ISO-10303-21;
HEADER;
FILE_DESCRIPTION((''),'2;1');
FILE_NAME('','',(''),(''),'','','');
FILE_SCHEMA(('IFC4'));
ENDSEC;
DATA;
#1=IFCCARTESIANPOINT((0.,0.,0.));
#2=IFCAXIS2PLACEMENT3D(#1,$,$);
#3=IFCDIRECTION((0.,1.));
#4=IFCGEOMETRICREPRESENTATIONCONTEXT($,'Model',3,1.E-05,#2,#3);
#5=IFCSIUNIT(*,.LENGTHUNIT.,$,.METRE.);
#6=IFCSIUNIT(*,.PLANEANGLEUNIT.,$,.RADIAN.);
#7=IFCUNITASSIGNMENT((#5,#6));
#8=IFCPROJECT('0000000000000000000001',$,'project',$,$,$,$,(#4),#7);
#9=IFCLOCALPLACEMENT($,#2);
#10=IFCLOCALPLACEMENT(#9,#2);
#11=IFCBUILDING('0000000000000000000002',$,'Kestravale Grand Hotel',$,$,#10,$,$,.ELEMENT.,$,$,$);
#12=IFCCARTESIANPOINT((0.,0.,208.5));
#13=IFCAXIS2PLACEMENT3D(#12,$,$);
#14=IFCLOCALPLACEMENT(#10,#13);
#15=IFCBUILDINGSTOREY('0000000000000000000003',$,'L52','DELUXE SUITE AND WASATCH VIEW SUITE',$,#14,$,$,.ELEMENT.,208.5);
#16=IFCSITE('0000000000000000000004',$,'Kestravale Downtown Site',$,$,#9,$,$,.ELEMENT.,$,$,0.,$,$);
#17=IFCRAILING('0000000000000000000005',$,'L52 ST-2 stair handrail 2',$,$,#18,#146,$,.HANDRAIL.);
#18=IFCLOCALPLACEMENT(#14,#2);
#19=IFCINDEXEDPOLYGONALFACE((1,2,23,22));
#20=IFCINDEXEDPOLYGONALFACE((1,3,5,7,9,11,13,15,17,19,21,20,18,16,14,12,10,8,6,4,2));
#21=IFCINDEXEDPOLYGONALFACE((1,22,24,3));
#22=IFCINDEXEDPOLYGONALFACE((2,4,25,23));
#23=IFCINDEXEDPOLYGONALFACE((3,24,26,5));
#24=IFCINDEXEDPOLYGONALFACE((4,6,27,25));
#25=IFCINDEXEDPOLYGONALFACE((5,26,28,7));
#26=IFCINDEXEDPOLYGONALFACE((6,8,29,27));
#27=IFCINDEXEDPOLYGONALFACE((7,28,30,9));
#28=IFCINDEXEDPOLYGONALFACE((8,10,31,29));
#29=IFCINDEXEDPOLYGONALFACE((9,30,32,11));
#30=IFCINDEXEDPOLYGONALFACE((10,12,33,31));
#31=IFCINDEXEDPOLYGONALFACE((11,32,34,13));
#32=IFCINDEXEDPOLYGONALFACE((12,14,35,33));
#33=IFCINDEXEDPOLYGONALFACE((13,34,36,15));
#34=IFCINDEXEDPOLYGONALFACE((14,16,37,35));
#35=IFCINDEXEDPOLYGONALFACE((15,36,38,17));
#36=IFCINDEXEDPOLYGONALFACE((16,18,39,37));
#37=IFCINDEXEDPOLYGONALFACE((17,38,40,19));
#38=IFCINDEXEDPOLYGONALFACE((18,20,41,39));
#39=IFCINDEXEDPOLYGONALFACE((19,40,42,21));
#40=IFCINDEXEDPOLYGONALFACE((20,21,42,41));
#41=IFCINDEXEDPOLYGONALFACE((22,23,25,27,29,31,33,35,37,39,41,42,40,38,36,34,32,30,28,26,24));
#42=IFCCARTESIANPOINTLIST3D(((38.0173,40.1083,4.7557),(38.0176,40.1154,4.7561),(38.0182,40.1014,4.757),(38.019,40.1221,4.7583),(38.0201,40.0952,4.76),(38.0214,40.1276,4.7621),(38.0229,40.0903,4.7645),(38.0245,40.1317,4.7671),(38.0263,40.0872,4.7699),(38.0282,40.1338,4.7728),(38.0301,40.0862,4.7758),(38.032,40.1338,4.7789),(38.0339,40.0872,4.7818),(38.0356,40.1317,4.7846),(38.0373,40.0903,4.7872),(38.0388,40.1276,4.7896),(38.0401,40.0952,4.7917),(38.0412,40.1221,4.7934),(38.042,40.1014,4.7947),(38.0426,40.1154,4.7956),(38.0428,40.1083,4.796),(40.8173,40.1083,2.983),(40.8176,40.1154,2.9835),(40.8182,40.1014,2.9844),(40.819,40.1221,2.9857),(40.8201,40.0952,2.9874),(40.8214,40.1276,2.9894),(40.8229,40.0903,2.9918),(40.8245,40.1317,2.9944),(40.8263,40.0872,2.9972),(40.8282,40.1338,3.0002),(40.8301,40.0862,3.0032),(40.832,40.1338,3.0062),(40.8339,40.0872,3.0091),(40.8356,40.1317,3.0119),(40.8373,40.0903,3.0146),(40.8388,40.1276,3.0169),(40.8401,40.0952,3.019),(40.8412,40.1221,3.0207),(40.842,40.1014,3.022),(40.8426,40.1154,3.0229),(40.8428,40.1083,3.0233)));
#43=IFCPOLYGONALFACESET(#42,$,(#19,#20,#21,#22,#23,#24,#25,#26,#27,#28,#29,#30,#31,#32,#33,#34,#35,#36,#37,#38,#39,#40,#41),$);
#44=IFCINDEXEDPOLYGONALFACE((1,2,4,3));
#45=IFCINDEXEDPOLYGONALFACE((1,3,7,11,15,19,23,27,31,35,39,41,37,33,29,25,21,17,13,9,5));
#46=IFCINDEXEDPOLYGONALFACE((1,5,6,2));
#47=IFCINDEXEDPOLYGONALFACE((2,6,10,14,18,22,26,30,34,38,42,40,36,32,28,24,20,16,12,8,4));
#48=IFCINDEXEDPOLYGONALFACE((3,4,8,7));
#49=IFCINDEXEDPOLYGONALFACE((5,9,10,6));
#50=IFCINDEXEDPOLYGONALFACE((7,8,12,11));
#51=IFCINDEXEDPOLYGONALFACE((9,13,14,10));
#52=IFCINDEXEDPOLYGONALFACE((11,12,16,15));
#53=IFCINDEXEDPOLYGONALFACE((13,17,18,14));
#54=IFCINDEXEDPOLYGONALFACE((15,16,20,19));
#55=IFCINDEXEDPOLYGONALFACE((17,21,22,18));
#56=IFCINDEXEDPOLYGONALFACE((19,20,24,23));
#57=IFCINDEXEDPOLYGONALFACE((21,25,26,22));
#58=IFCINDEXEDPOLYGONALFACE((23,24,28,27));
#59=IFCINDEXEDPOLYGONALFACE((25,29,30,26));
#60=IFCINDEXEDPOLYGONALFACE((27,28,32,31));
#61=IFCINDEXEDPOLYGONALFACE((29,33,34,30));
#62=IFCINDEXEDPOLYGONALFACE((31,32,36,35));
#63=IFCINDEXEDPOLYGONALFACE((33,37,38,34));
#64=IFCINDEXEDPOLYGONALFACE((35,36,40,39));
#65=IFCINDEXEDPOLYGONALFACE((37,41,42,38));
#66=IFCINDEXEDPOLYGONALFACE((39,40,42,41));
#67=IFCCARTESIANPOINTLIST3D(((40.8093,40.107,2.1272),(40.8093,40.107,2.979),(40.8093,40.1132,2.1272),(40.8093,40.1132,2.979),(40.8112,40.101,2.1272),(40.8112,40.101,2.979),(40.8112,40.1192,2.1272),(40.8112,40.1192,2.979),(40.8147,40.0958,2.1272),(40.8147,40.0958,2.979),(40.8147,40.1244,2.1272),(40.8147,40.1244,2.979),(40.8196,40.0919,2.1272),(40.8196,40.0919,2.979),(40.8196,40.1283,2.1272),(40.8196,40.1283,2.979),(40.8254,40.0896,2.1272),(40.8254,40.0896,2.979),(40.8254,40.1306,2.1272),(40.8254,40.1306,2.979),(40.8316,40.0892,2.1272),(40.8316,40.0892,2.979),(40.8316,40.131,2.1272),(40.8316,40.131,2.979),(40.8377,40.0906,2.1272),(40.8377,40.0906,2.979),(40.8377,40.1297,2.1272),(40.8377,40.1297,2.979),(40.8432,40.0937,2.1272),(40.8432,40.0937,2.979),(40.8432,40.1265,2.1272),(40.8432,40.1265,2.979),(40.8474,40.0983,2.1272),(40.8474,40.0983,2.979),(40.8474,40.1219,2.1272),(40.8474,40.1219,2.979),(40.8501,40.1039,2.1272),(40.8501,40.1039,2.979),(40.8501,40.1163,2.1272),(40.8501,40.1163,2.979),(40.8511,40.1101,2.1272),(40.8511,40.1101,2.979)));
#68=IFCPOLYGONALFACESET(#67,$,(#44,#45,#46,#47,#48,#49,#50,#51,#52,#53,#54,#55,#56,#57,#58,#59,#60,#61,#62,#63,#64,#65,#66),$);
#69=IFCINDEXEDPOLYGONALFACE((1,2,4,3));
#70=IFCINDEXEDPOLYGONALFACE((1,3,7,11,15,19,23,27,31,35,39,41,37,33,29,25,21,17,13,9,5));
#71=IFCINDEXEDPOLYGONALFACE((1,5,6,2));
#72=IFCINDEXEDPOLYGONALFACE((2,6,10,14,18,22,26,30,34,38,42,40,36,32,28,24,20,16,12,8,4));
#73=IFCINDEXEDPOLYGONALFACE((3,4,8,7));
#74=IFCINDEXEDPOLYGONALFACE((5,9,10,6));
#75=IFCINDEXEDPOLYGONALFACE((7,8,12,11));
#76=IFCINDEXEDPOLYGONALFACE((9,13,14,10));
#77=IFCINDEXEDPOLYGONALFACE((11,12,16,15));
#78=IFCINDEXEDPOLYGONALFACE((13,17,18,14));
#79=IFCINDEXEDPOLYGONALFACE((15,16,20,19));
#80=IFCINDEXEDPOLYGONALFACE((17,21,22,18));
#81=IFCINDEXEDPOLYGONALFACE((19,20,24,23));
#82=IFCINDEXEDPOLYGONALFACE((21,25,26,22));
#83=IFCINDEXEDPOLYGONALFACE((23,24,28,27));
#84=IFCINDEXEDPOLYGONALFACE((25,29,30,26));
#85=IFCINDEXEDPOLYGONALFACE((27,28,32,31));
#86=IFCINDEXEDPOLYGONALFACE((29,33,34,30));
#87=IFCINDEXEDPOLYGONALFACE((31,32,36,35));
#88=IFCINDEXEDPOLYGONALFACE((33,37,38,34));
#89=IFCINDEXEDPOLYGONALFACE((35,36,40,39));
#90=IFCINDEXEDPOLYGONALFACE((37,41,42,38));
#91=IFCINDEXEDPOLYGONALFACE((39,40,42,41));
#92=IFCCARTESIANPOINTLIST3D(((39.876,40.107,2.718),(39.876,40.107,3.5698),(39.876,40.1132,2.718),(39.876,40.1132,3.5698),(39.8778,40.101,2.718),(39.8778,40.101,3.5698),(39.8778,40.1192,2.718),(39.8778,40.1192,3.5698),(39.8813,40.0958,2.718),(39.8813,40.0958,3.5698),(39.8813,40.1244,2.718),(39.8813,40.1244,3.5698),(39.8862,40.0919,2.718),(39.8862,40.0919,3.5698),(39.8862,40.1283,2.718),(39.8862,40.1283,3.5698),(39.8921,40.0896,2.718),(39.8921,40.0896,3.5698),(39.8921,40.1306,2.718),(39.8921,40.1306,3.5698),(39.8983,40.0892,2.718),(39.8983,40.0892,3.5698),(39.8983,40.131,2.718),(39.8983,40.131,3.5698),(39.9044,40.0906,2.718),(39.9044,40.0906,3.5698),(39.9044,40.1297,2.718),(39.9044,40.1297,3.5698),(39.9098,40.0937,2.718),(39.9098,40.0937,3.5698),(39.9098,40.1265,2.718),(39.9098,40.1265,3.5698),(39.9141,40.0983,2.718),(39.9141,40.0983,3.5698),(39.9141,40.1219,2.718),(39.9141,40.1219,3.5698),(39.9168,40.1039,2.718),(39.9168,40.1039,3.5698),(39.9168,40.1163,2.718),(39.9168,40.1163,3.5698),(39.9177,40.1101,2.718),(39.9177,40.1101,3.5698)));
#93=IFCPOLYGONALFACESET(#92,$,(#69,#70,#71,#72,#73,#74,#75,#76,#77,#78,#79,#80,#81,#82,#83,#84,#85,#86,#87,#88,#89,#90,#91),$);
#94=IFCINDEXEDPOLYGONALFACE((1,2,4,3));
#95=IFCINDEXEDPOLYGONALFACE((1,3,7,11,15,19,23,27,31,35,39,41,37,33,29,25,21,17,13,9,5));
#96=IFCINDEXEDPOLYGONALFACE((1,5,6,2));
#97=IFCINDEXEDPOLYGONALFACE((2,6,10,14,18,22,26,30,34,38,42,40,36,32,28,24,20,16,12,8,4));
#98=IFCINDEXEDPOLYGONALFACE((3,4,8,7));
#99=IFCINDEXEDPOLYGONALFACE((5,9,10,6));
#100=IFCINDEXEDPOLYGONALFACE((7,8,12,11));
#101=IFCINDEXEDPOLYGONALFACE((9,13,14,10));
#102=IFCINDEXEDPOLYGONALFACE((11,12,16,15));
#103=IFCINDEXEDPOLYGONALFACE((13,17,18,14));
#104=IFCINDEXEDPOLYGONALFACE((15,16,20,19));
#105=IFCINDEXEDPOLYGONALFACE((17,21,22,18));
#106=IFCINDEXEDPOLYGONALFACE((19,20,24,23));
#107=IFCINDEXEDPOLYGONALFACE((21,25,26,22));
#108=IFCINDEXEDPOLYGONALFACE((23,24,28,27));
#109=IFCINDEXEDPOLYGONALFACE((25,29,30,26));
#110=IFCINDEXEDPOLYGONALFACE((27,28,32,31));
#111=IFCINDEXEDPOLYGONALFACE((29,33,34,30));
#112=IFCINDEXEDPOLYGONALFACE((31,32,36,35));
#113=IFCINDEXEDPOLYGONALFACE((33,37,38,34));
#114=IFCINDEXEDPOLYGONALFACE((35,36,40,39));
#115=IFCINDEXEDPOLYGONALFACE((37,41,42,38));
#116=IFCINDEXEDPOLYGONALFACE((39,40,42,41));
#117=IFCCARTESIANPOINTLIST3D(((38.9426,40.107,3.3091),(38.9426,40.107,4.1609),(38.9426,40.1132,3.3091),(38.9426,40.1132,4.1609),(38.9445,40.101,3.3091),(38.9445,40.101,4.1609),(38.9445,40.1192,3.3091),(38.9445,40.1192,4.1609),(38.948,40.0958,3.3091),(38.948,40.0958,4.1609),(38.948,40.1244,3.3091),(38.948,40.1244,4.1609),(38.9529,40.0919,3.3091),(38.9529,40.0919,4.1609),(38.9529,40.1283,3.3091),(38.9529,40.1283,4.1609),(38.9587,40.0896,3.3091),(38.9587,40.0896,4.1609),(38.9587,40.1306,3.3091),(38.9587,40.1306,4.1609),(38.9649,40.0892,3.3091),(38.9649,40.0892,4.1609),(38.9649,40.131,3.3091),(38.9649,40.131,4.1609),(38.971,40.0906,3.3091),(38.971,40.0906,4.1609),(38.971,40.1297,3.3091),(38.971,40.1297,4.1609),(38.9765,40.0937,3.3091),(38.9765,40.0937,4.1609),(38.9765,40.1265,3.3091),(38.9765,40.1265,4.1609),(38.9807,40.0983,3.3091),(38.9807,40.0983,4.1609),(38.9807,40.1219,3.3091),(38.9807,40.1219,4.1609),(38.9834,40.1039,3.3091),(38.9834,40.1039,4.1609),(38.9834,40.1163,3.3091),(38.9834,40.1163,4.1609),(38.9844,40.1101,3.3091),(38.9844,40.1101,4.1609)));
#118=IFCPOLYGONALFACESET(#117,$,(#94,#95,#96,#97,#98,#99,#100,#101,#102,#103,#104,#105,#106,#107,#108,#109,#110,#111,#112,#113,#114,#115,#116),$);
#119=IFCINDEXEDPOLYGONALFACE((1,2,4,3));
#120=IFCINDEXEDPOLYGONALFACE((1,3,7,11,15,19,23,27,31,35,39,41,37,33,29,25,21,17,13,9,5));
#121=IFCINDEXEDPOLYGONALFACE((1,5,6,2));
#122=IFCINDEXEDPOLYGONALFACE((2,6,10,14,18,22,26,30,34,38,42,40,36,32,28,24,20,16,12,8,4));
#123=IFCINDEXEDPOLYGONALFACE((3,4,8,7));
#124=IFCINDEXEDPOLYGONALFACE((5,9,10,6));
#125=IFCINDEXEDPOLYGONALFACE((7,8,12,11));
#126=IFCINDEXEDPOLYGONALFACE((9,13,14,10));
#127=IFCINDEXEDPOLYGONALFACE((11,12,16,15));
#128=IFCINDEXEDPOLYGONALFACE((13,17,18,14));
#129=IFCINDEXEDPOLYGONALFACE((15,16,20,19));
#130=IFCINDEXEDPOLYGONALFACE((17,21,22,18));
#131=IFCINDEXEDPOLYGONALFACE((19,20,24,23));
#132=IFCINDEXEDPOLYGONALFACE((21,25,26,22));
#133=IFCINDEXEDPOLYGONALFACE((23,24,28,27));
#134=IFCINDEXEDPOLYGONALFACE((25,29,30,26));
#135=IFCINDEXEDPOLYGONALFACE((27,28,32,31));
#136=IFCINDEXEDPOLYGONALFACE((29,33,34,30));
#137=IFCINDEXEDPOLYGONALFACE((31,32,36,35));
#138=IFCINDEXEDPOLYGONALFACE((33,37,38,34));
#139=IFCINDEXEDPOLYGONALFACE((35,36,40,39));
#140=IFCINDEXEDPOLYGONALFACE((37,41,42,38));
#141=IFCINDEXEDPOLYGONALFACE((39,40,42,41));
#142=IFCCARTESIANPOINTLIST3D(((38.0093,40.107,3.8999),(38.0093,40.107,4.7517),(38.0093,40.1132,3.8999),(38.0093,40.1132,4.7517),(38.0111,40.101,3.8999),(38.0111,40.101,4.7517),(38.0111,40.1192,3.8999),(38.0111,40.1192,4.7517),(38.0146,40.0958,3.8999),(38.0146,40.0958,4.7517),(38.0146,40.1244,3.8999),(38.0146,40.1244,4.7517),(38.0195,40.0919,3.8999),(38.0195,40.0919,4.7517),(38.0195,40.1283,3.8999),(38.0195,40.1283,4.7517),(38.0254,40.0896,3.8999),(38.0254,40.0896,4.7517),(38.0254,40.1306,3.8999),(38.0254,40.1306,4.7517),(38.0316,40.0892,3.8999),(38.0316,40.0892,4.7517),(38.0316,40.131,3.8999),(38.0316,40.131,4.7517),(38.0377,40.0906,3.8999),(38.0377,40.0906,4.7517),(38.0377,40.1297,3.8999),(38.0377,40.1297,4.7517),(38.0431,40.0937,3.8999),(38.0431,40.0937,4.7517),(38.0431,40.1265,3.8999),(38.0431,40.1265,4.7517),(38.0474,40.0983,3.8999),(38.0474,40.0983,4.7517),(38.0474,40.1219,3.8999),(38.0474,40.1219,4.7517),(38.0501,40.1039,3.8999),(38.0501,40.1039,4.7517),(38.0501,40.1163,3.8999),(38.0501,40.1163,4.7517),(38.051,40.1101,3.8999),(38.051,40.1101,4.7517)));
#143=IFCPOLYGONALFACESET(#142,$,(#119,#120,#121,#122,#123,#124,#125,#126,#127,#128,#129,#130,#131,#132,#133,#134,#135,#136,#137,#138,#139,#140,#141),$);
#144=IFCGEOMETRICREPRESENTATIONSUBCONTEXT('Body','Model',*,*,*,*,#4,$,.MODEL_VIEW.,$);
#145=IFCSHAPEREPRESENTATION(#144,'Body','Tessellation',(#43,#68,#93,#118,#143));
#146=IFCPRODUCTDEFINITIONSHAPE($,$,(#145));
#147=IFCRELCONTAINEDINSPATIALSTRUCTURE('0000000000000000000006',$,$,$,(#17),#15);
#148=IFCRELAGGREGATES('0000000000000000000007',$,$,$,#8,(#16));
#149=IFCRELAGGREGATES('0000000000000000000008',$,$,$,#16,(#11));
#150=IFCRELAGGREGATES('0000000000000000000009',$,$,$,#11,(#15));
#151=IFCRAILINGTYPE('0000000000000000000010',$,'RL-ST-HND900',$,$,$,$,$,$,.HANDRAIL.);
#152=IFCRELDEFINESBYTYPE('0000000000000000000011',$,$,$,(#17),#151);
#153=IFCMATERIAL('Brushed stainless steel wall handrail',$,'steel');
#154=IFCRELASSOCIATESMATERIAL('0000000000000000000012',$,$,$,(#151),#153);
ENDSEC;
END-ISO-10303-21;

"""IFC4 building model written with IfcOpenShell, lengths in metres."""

from ifc_helpers import new_model, si_unit, direction, frame, origin, origin_2d, place, context, subcontext, project, spatial, circle, extrude, material, type_object, element, save


model = new_model("IFC4")

# Units and contexts
model_context = context("Model", 3, precision=1e-05, world=origin(), true_north=direction((0.0, 1.0)))
body_context = subcontext(model_context, "Body", "Model", "MODEL_VIEW")
ifc_project = project(units=[si_unit("LENGTHUNIT", "METRE"), si_unit("PLANEANGLEUNIT", "RADIAN")], contexts=[model_context])

# Site, building, storey
site_placement = place(None, origin())
site = spatial("IfcSite", under=ifc_project, at=site_placement, Name="Kestravale Downtown Site", CompositionType="ELEMENT", RefElevation=0.0)
building_placement = place(site_placement, origin())
building = spatial("IfcBuilding", under=site, at=building_placement, Name="Kestravale Grand Hotel", CompositionType="ELEMENT")
storey_placement = place(building_placement, frame((0.0, 0.0, 208.5)))
storey = spatial("IfcBuildingStorey", under=building, at=storey_placement, Name="L52", Description="DELUXE SUITE AND WASATCH VIEW SUITE", CompositionType="ELEMENT", Elevation=208.5)

# Railing
ifc_material_1 = material(Name="Brushed stainless steel wall handrail", Category="steel")
railing_type_1 = type_object("IfcRailingType", Name="RL-ST-HND900", PredefinedType="HANDRAIL", material=ifc_material_1)
railing_1_placement = place(storey_placement, frame((40.8301, 40.1101, 2.1272)))
element("IfcRailing", 1, at=railing_1_placement, inside=storey, type_object=railing_type_1, Name="L52 ST-2 stair handrail 2", PredefinedType="HANDRAIL", context=body_context, shape_type="SweptSolid", body=[
    extrude(circle(Radius=0.0239, at=origin_2d()), frame((0.0, 0.0, 0.876), z_axis=(-0.844909, 0.0, 0.53491), x_axis=(0.0, -1.0, 0.0)), (0.0, 0.0, 1.0), 3.314),
    extrude(circle(Radius=0.021, at=origin_2d()), origin(), (0.0, 0.0, 1.0), 0.8518),
    extrude(circle(Radius=0.021, at=origin_2d()), frame((-0.9333, 0.0, 0.5908)), (0.0, 0.0, 1.0), 0.8518),
    extrude(circle(Radius=0.021, at=origin_2d()), frame((-1.8667, 0.0, 1.1819)), (0.0, 0.0, 1.0), 0.8518),
    extrude(circle(Radius=0.021, at=origin_2d()), frame((-2.8, 0.0, 1.7727)), (0.0, 0.0, 1.0), 0.8518),
])

save(model, "model.ifc")
